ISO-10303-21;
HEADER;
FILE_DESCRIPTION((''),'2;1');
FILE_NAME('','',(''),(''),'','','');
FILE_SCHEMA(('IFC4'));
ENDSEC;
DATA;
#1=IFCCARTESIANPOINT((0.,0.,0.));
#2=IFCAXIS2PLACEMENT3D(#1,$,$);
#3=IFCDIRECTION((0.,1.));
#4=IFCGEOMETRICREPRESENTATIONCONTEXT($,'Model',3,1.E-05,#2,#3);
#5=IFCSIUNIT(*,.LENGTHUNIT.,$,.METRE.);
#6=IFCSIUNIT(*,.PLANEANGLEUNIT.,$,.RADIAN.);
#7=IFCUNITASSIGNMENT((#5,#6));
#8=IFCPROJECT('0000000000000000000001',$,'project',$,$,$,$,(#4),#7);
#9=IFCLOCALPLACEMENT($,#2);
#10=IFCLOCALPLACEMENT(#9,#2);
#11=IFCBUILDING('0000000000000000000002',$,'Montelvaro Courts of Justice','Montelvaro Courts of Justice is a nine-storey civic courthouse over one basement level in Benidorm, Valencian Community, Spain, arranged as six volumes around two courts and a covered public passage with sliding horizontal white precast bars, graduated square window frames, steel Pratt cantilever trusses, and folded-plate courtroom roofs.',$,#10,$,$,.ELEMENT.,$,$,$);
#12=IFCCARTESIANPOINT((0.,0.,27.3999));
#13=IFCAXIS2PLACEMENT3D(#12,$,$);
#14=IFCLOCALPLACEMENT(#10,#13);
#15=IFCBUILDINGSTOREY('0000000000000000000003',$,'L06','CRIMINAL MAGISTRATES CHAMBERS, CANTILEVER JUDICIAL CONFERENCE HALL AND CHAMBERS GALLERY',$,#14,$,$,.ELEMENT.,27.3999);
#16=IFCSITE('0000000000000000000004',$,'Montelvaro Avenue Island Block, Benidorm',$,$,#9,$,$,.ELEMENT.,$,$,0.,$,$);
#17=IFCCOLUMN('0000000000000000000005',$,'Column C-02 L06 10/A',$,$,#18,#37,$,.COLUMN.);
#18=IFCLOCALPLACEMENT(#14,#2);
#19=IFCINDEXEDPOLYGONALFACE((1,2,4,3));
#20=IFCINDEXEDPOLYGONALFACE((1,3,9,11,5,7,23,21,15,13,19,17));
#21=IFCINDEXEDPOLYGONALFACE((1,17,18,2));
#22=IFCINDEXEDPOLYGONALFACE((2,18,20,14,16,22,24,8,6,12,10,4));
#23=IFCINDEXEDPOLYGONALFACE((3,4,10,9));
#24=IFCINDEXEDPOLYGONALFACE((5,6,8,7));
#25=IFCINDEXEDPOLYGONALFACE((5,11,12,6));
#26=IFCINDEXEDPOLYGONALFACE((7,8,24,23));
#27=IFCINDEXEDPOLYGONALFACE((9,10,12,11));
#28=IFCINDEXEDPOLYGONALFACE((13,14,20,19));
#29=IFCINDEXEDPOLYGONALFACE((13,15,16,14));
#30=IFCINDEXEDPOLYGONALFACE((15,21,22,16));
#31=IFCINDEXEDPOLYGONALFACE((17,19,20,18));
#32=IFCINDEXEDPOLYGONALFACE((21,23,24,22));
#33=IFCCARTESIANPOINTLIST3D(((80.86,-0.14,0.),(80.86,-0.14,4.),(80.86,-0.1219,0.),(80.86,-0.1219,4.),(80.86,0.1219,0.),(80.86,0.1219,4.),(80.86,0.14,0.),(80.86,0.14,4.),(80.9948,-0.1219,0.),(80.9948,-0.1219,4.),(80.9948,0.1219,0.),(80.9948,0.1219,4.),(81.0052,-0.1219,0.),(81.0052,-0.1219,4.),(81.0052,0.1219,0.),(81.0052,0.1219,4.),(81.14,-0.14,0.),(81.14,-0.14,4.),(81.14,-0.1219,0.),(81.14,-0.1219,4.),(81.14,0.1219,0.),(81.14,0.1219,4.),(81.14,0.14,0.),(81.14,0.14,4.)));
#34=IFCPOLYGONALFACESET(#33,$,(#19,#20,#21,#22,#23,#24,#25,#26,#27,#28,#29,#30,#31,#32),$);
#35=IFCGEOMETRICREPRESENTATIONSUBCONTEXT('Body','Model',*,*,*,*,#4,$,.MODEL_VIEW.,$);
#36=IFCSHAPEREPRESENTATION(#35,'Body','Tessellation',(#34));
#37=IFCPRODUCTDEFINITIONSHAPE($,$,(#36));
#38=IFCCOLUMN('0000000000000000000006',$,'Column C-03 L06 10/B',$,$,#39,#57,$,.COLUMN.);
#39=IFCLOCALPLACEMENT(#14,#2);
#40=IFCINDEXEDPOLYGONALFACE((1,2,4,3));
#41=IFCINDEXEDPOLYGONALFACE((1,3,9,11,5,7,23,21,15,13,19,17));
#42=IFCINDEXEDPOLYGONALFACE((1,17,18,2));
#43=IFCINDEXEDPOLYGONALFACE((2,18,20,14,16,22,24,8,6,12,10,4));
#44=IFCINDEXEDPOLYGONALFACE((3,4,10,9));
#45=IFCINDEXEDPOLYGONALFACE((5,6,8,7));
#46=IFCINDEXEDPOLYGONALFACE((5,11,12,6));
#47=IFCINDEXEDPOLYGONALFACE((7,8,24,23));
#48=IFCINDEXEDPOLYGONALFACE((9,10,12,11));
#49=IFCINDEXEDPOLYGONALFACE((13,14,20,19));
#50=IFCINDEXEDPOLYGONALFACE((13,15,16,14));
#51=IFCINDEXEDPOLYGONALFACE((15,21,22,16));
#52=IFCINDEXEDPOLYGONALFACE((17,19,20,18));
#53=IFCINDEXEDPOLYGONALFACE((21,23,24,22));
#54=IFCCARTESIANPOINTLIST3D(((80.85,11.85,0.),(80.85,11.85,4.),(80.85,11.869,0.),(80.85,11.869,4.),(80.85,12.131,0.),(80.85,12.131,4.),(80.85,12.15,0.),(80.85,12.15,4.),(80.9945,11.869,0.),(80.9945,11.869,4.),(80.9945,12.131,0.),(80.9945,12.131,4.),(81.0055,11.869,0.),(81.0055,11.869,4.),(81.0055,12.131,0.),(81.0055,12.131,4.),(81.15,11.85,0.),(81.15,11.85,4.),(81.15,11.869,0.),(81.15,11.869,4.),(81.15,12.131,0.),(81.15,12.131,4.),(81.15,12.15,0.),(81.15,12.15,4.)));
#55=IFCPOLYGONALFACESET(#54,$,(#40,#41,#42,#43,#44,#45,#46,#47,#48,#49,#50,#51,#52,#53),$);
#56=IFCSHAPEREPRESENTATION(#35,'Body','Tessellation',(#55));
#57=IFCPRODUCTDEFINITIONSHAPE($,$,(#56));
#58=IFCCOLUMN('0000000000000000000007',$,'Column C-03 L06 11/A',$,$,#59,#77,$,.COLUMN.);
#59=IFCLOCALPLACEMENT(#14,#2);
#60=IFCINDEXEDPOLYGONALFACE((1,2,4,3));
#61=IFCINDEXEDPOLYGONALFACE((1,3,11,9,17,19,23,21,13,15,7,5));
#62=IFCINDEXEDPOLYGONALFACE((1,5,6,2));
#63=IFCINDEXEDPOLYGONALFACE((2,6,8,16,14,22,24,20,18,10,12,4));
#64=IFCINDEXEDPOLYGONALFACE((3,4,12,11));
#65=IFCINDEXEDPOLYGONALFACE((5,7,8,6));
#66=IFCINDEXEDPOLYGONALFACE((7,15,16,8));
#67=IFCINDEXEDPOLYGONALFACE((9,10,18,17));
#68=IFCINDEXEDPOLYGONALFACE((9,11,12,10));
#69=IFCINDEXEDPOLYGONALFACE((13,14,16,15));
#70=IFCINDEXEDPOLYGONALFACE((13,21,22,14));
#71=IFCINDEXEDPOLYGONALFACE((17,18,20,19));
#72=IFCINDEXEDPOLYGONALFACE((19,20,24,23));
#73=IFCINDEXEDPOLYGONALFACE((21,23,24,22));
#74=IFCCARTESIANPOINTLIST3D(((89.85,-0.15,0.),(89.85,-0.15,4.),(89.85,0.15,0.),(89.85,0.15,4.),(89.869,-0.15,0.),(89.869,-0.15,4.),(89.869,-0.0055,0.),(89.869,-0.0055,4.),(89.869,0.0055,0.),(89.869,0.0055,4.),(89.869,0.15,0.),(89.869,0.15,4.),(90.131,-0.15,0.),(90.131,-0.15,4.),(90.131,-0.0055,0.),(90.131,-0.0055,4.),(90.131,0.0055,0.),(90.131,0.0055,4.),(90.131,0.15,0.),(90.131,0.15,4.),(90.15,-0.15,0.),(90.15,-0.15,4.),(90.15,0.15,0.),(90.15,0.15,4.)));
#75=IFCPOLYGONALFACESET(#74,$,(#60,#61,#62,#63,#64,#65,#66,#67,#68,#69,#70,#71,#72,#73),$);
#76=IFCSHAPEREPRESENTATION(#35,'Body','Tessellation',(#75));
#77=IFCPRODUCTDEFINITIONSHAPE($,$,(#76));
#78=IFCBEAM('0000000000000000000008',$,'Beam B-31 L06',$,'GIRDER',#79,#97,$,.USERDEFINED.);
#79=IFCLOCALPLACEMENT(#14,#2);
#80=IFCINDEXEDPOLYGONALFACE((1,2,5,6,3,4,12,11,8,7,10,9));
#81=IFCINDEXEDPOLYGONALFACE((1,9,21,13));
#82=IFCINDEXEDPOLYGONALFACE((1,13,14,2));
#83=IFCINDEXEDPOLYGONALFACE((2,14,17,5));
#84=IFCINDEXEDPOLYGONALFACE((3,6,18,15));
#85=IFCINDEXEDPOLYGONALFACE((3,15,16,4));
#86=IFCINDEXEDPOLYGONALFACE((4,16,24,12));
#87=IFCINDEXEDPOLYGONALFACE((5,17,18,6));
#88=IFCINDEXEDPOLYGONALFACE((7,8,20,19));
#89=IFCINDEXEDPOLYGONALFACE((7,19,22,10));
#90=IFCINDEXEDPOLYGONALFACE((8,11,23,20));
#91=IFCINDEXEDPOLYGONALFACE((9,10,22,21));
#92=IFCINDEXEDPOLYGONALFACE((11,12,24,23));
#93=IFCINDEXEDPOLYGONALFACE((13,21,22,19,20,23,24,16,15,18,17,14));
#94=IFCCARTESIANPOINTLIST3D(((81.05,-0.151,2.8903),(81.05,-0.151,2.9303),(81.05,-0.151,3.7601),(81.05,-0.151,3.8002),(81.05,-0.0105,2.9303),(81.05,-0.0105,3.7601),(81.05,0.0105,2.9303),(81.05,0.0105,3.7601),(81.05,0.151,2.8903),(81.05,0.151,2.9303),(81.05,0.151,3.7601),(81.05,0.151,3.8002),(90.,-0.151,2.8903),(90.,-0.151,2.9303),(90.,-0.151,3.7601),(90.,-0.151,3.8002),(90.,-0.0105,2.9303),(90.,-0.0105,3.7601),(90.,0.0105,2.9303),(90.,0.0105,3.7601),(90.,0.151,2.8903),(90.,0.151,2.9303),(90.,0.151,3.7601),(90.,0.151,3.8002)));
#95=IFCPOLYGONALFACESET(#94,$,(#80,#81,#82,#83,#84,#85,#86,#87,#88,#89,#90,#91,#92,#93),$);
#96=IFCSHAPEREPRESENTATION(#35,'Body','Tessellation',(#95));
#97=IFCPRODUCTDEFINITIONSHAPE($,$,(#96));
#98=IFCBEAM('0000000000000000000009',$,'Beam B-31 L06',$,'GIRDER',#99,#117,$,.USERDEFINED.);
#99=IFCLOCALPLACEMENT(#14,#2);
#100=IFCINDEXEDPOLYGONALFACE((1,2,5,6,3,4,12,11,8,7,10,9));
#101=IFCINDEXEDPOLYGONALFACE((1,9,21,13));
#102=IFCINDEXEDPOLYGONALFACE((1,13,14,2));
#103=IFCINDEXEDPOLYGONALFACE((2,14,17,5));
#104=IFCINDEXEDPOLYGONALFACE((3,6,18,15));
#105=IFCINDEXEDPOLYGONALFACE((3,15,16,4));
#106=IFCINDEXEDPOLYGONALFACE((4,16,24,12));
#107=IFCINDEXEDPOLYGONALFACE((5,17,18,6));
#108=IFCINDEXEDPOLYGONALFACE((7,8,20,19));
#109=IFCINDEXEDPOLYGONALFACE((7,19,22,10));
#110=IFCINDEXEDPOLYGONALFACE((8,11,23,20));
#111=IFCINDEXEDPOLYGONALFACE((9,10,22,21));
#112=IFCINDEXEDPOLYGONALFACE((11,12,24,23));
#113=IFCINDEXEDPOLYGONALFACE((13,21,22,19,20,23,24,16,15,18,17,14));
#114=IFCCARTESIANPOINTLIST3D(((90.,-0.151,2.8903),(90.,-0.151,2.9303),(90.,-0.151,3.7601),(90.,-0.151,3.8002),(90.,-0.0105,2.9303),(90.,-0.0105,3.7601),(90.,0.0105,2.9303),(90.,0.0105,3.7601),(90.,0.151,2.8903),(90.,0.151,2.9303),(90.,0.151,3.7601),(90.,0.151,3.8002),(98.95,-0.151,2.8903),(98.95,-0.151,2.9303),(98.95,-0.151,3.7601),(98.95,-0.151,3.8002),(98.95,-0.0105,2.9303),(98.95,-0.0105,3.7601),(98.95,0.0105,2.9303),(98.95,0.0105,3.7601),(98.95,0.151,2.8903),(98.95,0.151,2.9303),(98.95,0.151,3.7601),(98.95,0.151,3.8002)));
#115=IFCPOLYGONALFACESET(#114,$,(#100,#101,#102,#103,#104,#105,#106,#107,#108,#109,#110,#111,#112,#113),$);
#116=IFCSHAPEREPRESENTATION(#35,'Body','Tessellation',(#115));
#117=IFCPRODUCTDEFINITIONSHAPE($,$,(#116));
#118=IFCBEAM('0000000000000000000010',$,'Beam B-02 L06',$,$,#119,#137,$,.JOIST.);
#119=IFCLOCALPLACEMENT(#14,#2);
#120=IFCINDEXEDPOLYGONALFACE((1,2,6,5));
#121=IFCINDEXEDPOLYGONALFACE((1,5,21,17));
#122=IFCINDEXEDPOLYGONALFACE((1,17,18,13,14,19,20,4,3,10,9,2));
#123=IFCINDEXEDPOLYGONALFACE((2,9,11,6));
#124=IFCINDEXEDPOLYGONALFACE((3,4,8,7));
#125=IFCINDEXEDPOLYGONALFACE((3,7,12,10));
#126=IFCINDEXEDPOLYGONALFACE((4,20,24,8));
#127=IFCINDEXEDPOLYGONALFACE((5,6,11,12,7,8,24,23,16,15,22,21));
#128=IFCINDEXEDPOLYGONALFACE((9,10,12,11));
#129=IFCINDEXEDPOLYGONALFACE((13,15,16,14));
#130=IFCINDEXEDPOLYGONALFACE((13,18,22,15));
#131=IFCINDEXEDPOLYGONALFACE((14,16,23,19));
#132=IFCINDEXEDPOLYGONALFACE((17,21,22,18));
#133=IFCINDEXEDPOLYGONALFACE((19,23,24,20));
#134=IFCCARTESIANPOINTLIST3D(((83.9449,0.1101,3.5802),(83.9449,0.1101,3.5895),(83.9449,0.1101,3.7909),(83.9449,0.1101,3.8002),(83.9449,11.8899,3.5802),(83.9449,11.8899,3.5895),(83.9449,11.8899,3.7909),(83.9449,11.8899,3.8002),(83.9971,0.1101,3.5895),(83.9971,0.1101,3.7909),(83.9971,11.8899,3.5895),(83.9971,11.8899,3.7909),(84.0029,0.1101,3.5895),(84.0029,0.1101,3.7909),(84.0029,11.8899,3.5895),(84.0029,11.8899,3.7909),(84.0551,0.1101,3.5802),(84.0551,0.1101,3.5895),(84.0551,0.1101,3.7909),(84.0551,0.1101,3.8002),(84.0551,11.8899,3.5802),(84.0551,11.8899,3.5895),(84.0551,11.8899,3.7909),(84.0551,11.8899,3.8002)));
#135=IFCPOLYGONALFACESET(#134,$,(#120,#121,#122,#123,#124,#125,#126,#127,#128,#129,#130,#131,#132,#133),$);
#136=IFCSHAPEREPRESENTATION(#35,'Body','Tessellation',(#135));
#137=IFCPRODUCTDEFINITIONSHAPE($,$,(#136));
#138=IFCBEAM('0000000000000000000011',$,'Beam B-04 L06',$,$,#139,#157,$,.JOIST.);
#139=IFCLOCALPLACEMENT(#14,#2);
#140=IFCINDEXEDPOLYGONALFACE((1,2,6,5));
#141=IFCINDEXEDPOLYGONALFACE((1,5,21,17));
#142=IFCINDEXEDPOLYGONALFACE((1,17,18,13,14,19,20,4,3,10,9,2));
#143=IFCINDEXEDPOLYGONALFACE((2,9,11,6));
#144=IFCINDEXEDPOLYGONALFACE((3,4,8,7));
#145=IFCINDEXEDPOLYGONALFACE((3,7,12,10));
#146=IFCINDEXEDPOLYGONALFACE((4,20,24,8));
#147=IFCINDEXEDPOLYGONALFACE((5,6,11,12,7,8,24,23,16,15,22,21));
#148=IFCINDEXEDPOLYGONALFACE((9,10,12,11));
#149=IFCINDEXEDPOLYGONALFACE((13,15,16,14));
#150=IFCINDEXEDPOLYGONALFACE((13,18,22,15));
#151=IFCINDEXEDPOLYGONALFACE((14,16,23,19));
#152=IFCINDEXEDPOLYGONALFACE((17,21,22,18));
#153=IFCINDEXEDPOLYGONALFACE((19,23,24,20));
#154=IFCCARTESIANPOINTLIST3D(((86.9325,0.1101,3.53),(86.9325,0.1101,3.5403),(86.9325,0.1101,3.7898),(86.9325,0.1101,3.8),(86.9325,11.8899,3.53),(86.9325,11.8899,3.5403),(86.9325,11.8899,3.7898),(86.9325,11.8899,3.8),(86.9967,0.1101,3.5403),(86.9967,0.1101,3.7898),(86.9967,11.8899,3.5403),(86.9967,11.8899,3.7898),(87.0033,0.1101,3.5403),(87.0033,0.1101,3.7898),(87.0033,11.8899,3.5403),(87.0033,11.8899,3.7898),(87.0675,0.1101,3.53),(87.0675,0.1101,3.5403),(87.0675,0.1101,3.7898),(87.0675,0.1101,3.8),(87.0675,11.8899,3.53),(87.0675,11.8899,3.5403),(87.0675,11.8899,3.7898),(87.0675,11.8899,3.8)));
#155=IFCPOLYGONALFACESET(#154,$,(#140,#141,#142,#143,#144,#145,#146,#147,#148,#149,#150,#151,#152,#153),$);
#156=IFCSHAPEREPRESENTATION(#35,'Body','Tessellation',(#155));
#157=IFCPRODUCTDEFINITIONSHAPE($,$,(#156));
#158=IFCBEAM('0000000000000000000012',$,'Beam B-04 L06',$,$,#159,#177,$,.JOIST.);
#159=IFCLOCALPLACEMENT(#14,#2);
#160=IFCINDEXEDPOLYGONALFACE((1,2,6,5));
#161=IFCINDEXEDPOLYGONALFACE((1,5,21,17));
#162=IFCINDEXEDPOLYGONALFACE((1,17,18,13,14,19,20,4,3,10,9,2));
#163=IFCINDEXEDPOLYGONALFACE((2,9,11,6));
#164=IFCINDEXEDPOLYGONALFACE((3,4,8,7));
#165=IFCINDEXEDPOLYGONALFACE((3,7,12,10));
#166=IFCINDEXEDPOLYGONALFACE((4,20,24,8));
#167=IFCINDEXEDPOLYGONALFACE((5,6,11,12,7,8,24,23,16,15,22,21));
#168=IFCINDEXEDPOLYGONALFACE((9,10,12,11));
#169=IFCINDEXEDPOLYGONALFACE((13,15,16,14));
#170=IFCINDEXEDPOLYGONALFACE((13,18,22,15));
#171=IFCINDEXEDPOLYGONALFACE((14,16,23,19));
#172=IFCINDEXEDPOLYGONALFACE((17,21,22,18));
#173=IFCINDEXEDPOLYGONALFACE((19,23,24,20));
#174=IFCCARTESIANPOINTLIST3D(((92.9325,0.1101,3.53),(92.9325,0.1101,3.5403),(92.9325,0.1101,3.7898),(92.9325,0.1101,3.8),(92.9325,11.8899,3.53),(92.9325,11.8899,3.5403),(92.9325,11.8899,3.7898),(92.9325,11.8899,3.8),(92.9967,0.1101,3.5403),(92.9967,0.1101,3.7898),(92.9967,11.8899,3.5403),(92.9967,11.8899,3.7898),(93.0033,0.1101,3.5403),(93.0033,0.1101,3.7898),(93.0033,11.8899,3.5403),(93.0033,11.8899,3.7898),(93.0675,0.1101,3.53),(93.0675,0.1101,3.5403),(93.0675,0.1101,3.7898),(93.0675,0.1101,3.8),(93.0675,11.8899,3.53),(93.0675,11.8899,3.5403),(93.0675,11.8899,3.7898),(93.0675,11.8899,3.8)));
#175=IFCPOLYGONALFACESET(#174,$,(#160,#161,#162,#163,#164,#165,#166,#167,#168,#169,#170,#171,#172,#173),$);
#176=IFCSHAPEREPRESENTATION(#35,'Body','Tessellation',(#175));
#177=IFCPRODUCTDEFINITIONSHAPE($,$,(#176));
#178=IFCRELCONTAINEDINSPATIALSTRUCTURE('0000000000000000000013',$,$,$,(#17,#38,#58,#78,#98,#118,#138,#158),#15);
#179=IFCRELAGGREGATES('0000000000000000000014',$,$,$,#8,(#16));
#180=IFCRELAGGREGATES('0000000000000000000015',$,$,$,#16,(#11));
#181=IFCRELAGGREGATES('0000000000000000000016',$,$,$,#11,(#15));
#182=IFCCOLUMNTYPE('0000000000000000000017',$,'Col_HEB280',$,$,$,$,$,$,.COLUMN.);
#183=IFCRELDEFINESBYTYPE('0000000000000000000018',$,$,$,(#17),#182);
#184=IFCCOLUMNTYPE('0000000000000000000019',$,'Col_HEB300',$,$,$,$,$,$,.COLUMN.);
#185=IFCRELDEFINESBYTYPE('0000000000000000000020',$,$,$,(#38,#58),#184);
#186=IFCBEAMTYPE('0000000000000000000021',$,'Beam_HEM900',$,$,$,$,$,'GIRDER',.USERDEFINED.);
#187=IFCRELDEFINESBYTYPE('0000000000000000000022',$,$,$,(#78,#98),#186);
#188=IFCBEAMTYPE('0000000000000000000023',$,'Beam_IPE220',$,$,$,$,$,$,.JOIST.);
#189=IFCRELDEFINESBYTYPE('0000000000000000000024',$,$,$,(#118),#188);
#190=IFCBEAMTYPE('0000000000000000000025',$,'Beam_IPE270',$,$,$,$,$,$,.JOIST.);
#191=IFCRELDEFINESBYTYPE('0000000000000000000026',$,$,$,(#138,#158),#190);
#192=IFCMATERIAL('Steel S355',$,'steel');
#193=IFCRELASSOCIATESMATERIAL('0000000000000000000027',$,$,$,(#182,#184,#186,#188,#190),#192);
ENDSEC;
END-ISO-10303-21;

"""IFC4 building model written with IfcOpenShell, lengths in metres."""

from ifc_helpers import new_model, si_unit, direction, frame, origin, origin_2d, place, context, subcontext, project, spatial, i_section, extrude, material, material_profile, profile_set, type_object, element, save


model = new_model("IFC4")

# Units and contexts
model_context = context("Model", 3, precision=1e-05, world=origin(), true_north=direction((0.0, 1.0)))
body_context = subcontext(model_context, "Body", "Model", "MODEL_VIEW")
ifc_project = project(units=[si_unit("LENGTHUNIT", "METRE"), si_unit("PLANEANGLEUNIT", "RADIAN")], contexts=[model_context])

# Site, building, storey
site_placement = place(None, origin())
site = spatial("IfcSite", under=ifc_project, at=site_placement, Name="Montelvaro Avenue Island Block, Benidorm", CompositionType="ELEMENT", RefElevation=0.0)
building_placement = place(site_placement, origin())
building = spatial("IfcBuilding", under=site, at=building_placement, Name="Montelvaro Courts of Justice", Description="Montelvaro Courts of Justice is a nine-storey civic courthouse over one basement level in Benidorm, Valencian Community, Spain, arranged as six volumes around two courts and a covered public passage with sliding horizontal white precast bars, graduated square window frames, steel Pratt cantilever trusses, and folded-plate courtroom roofs.", CompositionType="ELEMENT")
storey_placement = place(building_placement, frame((0.0, 0.0, 27.3999)))
storey = spatial("IfcBuildingStorey", under=building, at=storey_placement, Name="L06", Description="CRIMINAL MAGISTRATES CHAMBERS, CANTILEVER JUDICIAL CONFERENCE HALL AND CHAMBERS GALLERY", CompositionType="ELEMENT", Elevation=27.3999)

# Columns
ifc_material_1 = material(Name="Steel S355", Category="steel")
ifc_material_profile_1 = material_profile(ifc_material_1, i_section(OverallWidth=0.28, OverallDepth=0.28, WebThickness=0.0105, FlangeThickness=0.0181, at=origin_2d()), Name="HEB 280")
ifc_profile_set_1 = profile_set([ifc_material_profile_1], Name="Steel S355")
column_type_1 = type_object("IfcColumnType", Name="Col_HEB280", PredefinedType="COLUMN", material=ifc_profile_set_1)
column_placement = place(storey_placement, frame((81.0, 0.0, 0.0), z_axis=(0.0, 0.0, 1.0), x_axis=(1.0, 0.0, 0.0)))
element("IfcColumn", 1, at=column_placement, inside=storey, type_object=column_type_1, Name="Column C-02 L06 10/A", PredefinedType="COLUMN", context=body_context, shape_type="SweptSolid", body=[
    extrude(i_section(OverallWidth=0.28, OverallDepth=0.28, WebThickness=0.0105, FlangeThickness=0.0181, at=origin_2d()), origin(), (0.0, 0.0, 1.0), 4.0),
])
ifc_material_profile_2 = material_profile(ifc_material_1, i_section(OverallWidth=0.3, OverallDepth=0.3, WebThickness=0.011, FlangeThickness=0.019, at=origin_2d()), Name="HEB 300")
ifc_profile_set_2 = profile_set([ifc_material_profile_2], Name="Steel S355")
column_type_2 = type_object("IfcColumnType", Name="Col_HEB300", PredefinedType="COLUMN", material=ifc_profile_set_2)
for number, where, z_axis, x_axis, name in (
    (2, (81.0, 12.0, 0.0), (0.0, 0.0, 1.0), (1.0, 0.0, 0.0), "Column C-03 L06 10/B"),
    (3, (90.0, 0.0, 0.0), (0.0, 0.0, 1.0), (0.0, 1.0, 0.0), "Column C-03 L06 11/A"),
):
    element("IfcColumn", number, at=place(storey_placement, frame(where, z_axis=z_axis, x_axis=x_axis)), inside=storey, type_object=column_type_2, Name=name, PredefinedType="COLUMN", context=body_context, shape_type="SweptSolid", body=[
        extrude(i_section(OverallWidth=0.3, OverallDepth=0.3, WebThickness=0.011, FlangeThickness=0.019, at=origin_2d()), origin(), (0.0, 0.0, 1.0), 4.0),
    ])

# Beams
ifc_material_profile_3 = material_profile(ifc_material_1, i_section(OverallWidth=0.302, OverallDepth=0.9099, WebThickness=0.021, FlangeThickness=0.04, at=origin_2d()), Name="HEM 900")
ifc_profile_set_3 = profile_set([ifc_material_profile_3], Name="Steel S355")
beam_type_1 = type_object("IfcBeamType", Name="Beam_HEM900", ElementType="GIRDER", PredefinedType="USERDEFINED", material=ifc_profile_set_3)
for number, where, z_axis, x_axis, name in (
    (4, (81.05, 0.0, 3.3452), (1.0, 0.0, 0.0), (0.0, 1.0, 0.0), "Beam B-31 L06"),
    (5, (90.0, 0.0, 3.3452), (1.0, 0.0, 0.0), (0.0, 1.0, 0.0), "Beam B-31 L06"),
):
    element("IfcBeam", number, at=place(storey_placement, frame(where, z_axis=z_axis, x_axis=x_axis)), inside=storey, type_object=beam_type_1, Name=name, ObjectType="GIRDER", PredefinedType="USERDEFINED", context=body_context, shape_type="SweptSolid", body=[
        extrude(i_section(OverallWidth=0.302, OverallDepth=0.9099, WebThickness=0.021, FlangeThickness=0.04, at=origin_2d()), origin(), (0.0, 0.0, 1.0), 8.95),
    ])
ifc_material_profile_4 = material_profile(ifc_material_1, i_section(OverallWidth=0.1101, OverallDepth=0.22, WebThickness=0.0059, FlangeThickness=0.0093, at=origin_2d()), Name="IPE 220")
ifc_profile_set_4 = profile_set([ifc_material_profile_4], Name="Steel S355")
beam_type_2 = type_object("IfcBeamType", Name="Beam_IPE220", PredefinedType="JOIST", material=ifc_profile_set_4)
beam_1_placement = place(storey_placement, frame((84.0, 0.1101, 3.6902), z_axis=(0.0, 1.0, 0.0), x_axis=(-1.0, 0.0, 0.0)))
element("IfcBeam", 6, at=beam_1_placement, inside=storey, type_object=beam_type_2, Name="Beam B-02 L06", PredefinedType="JOIST", context=body_context, shape_type="SweptSolid", body=[
    extrude(i_section(OverallWidth=0.1101, OverallDepth=0.22, WebThickness=0.0059, FlangeThickness=0.0093, at=origin_2d()), origin(), (0.0, 0.0, 1.0), 11.7798),
])
ifc_material_profile_5 = material_profile(ifc_material_1, i_section(OverallWidth=0.135, OverallDepth=0.27, WebThickness=0.0066, FlangeThickness=0.0103, at=origin_2d()), Name="IPE 270")
ifc_profile_set_5 = profile_set([ifc_material_profile_5], Name="Steel S355")
beam_type_3 = type_object("IfcBeamType", Name="Beam_IPE270", PredefinedType="JOIST", material=ifc_profile_set_5)
for number, where, z_axis, x_axis, name in (
    (7, (87.0, 0.1101, 3.665), (0.0, 1.0, 0.0), (-1.0, 0.0, 0.0), "Beam B-04 L06"),
    (8, (93.0, 0.1101, 3.665), (0.0, 1.0, 0.0), (-1.0, 0.0, 0.0), "Beam B-04 L06"),
):
    element("IfcBeam", number, at=place(storey_placement, frame(where, z_axis=z_axis, x_axis=x_axis)), inside=storey, type_object=beam_type_3, Name=name, PredefinedType="JOIST", context=body_context, shape_type="SweptSolid", body=[
        extrude(i_section(OverallWidth=0.135, OverallDepth=0.27, WebThickness=0.0066, FlangeThickness=0.0103, at=origin_2d()), origin(), (0.0, 0.0, 1.0), 11.7798),
    ])

save(model, "model.ifc")
